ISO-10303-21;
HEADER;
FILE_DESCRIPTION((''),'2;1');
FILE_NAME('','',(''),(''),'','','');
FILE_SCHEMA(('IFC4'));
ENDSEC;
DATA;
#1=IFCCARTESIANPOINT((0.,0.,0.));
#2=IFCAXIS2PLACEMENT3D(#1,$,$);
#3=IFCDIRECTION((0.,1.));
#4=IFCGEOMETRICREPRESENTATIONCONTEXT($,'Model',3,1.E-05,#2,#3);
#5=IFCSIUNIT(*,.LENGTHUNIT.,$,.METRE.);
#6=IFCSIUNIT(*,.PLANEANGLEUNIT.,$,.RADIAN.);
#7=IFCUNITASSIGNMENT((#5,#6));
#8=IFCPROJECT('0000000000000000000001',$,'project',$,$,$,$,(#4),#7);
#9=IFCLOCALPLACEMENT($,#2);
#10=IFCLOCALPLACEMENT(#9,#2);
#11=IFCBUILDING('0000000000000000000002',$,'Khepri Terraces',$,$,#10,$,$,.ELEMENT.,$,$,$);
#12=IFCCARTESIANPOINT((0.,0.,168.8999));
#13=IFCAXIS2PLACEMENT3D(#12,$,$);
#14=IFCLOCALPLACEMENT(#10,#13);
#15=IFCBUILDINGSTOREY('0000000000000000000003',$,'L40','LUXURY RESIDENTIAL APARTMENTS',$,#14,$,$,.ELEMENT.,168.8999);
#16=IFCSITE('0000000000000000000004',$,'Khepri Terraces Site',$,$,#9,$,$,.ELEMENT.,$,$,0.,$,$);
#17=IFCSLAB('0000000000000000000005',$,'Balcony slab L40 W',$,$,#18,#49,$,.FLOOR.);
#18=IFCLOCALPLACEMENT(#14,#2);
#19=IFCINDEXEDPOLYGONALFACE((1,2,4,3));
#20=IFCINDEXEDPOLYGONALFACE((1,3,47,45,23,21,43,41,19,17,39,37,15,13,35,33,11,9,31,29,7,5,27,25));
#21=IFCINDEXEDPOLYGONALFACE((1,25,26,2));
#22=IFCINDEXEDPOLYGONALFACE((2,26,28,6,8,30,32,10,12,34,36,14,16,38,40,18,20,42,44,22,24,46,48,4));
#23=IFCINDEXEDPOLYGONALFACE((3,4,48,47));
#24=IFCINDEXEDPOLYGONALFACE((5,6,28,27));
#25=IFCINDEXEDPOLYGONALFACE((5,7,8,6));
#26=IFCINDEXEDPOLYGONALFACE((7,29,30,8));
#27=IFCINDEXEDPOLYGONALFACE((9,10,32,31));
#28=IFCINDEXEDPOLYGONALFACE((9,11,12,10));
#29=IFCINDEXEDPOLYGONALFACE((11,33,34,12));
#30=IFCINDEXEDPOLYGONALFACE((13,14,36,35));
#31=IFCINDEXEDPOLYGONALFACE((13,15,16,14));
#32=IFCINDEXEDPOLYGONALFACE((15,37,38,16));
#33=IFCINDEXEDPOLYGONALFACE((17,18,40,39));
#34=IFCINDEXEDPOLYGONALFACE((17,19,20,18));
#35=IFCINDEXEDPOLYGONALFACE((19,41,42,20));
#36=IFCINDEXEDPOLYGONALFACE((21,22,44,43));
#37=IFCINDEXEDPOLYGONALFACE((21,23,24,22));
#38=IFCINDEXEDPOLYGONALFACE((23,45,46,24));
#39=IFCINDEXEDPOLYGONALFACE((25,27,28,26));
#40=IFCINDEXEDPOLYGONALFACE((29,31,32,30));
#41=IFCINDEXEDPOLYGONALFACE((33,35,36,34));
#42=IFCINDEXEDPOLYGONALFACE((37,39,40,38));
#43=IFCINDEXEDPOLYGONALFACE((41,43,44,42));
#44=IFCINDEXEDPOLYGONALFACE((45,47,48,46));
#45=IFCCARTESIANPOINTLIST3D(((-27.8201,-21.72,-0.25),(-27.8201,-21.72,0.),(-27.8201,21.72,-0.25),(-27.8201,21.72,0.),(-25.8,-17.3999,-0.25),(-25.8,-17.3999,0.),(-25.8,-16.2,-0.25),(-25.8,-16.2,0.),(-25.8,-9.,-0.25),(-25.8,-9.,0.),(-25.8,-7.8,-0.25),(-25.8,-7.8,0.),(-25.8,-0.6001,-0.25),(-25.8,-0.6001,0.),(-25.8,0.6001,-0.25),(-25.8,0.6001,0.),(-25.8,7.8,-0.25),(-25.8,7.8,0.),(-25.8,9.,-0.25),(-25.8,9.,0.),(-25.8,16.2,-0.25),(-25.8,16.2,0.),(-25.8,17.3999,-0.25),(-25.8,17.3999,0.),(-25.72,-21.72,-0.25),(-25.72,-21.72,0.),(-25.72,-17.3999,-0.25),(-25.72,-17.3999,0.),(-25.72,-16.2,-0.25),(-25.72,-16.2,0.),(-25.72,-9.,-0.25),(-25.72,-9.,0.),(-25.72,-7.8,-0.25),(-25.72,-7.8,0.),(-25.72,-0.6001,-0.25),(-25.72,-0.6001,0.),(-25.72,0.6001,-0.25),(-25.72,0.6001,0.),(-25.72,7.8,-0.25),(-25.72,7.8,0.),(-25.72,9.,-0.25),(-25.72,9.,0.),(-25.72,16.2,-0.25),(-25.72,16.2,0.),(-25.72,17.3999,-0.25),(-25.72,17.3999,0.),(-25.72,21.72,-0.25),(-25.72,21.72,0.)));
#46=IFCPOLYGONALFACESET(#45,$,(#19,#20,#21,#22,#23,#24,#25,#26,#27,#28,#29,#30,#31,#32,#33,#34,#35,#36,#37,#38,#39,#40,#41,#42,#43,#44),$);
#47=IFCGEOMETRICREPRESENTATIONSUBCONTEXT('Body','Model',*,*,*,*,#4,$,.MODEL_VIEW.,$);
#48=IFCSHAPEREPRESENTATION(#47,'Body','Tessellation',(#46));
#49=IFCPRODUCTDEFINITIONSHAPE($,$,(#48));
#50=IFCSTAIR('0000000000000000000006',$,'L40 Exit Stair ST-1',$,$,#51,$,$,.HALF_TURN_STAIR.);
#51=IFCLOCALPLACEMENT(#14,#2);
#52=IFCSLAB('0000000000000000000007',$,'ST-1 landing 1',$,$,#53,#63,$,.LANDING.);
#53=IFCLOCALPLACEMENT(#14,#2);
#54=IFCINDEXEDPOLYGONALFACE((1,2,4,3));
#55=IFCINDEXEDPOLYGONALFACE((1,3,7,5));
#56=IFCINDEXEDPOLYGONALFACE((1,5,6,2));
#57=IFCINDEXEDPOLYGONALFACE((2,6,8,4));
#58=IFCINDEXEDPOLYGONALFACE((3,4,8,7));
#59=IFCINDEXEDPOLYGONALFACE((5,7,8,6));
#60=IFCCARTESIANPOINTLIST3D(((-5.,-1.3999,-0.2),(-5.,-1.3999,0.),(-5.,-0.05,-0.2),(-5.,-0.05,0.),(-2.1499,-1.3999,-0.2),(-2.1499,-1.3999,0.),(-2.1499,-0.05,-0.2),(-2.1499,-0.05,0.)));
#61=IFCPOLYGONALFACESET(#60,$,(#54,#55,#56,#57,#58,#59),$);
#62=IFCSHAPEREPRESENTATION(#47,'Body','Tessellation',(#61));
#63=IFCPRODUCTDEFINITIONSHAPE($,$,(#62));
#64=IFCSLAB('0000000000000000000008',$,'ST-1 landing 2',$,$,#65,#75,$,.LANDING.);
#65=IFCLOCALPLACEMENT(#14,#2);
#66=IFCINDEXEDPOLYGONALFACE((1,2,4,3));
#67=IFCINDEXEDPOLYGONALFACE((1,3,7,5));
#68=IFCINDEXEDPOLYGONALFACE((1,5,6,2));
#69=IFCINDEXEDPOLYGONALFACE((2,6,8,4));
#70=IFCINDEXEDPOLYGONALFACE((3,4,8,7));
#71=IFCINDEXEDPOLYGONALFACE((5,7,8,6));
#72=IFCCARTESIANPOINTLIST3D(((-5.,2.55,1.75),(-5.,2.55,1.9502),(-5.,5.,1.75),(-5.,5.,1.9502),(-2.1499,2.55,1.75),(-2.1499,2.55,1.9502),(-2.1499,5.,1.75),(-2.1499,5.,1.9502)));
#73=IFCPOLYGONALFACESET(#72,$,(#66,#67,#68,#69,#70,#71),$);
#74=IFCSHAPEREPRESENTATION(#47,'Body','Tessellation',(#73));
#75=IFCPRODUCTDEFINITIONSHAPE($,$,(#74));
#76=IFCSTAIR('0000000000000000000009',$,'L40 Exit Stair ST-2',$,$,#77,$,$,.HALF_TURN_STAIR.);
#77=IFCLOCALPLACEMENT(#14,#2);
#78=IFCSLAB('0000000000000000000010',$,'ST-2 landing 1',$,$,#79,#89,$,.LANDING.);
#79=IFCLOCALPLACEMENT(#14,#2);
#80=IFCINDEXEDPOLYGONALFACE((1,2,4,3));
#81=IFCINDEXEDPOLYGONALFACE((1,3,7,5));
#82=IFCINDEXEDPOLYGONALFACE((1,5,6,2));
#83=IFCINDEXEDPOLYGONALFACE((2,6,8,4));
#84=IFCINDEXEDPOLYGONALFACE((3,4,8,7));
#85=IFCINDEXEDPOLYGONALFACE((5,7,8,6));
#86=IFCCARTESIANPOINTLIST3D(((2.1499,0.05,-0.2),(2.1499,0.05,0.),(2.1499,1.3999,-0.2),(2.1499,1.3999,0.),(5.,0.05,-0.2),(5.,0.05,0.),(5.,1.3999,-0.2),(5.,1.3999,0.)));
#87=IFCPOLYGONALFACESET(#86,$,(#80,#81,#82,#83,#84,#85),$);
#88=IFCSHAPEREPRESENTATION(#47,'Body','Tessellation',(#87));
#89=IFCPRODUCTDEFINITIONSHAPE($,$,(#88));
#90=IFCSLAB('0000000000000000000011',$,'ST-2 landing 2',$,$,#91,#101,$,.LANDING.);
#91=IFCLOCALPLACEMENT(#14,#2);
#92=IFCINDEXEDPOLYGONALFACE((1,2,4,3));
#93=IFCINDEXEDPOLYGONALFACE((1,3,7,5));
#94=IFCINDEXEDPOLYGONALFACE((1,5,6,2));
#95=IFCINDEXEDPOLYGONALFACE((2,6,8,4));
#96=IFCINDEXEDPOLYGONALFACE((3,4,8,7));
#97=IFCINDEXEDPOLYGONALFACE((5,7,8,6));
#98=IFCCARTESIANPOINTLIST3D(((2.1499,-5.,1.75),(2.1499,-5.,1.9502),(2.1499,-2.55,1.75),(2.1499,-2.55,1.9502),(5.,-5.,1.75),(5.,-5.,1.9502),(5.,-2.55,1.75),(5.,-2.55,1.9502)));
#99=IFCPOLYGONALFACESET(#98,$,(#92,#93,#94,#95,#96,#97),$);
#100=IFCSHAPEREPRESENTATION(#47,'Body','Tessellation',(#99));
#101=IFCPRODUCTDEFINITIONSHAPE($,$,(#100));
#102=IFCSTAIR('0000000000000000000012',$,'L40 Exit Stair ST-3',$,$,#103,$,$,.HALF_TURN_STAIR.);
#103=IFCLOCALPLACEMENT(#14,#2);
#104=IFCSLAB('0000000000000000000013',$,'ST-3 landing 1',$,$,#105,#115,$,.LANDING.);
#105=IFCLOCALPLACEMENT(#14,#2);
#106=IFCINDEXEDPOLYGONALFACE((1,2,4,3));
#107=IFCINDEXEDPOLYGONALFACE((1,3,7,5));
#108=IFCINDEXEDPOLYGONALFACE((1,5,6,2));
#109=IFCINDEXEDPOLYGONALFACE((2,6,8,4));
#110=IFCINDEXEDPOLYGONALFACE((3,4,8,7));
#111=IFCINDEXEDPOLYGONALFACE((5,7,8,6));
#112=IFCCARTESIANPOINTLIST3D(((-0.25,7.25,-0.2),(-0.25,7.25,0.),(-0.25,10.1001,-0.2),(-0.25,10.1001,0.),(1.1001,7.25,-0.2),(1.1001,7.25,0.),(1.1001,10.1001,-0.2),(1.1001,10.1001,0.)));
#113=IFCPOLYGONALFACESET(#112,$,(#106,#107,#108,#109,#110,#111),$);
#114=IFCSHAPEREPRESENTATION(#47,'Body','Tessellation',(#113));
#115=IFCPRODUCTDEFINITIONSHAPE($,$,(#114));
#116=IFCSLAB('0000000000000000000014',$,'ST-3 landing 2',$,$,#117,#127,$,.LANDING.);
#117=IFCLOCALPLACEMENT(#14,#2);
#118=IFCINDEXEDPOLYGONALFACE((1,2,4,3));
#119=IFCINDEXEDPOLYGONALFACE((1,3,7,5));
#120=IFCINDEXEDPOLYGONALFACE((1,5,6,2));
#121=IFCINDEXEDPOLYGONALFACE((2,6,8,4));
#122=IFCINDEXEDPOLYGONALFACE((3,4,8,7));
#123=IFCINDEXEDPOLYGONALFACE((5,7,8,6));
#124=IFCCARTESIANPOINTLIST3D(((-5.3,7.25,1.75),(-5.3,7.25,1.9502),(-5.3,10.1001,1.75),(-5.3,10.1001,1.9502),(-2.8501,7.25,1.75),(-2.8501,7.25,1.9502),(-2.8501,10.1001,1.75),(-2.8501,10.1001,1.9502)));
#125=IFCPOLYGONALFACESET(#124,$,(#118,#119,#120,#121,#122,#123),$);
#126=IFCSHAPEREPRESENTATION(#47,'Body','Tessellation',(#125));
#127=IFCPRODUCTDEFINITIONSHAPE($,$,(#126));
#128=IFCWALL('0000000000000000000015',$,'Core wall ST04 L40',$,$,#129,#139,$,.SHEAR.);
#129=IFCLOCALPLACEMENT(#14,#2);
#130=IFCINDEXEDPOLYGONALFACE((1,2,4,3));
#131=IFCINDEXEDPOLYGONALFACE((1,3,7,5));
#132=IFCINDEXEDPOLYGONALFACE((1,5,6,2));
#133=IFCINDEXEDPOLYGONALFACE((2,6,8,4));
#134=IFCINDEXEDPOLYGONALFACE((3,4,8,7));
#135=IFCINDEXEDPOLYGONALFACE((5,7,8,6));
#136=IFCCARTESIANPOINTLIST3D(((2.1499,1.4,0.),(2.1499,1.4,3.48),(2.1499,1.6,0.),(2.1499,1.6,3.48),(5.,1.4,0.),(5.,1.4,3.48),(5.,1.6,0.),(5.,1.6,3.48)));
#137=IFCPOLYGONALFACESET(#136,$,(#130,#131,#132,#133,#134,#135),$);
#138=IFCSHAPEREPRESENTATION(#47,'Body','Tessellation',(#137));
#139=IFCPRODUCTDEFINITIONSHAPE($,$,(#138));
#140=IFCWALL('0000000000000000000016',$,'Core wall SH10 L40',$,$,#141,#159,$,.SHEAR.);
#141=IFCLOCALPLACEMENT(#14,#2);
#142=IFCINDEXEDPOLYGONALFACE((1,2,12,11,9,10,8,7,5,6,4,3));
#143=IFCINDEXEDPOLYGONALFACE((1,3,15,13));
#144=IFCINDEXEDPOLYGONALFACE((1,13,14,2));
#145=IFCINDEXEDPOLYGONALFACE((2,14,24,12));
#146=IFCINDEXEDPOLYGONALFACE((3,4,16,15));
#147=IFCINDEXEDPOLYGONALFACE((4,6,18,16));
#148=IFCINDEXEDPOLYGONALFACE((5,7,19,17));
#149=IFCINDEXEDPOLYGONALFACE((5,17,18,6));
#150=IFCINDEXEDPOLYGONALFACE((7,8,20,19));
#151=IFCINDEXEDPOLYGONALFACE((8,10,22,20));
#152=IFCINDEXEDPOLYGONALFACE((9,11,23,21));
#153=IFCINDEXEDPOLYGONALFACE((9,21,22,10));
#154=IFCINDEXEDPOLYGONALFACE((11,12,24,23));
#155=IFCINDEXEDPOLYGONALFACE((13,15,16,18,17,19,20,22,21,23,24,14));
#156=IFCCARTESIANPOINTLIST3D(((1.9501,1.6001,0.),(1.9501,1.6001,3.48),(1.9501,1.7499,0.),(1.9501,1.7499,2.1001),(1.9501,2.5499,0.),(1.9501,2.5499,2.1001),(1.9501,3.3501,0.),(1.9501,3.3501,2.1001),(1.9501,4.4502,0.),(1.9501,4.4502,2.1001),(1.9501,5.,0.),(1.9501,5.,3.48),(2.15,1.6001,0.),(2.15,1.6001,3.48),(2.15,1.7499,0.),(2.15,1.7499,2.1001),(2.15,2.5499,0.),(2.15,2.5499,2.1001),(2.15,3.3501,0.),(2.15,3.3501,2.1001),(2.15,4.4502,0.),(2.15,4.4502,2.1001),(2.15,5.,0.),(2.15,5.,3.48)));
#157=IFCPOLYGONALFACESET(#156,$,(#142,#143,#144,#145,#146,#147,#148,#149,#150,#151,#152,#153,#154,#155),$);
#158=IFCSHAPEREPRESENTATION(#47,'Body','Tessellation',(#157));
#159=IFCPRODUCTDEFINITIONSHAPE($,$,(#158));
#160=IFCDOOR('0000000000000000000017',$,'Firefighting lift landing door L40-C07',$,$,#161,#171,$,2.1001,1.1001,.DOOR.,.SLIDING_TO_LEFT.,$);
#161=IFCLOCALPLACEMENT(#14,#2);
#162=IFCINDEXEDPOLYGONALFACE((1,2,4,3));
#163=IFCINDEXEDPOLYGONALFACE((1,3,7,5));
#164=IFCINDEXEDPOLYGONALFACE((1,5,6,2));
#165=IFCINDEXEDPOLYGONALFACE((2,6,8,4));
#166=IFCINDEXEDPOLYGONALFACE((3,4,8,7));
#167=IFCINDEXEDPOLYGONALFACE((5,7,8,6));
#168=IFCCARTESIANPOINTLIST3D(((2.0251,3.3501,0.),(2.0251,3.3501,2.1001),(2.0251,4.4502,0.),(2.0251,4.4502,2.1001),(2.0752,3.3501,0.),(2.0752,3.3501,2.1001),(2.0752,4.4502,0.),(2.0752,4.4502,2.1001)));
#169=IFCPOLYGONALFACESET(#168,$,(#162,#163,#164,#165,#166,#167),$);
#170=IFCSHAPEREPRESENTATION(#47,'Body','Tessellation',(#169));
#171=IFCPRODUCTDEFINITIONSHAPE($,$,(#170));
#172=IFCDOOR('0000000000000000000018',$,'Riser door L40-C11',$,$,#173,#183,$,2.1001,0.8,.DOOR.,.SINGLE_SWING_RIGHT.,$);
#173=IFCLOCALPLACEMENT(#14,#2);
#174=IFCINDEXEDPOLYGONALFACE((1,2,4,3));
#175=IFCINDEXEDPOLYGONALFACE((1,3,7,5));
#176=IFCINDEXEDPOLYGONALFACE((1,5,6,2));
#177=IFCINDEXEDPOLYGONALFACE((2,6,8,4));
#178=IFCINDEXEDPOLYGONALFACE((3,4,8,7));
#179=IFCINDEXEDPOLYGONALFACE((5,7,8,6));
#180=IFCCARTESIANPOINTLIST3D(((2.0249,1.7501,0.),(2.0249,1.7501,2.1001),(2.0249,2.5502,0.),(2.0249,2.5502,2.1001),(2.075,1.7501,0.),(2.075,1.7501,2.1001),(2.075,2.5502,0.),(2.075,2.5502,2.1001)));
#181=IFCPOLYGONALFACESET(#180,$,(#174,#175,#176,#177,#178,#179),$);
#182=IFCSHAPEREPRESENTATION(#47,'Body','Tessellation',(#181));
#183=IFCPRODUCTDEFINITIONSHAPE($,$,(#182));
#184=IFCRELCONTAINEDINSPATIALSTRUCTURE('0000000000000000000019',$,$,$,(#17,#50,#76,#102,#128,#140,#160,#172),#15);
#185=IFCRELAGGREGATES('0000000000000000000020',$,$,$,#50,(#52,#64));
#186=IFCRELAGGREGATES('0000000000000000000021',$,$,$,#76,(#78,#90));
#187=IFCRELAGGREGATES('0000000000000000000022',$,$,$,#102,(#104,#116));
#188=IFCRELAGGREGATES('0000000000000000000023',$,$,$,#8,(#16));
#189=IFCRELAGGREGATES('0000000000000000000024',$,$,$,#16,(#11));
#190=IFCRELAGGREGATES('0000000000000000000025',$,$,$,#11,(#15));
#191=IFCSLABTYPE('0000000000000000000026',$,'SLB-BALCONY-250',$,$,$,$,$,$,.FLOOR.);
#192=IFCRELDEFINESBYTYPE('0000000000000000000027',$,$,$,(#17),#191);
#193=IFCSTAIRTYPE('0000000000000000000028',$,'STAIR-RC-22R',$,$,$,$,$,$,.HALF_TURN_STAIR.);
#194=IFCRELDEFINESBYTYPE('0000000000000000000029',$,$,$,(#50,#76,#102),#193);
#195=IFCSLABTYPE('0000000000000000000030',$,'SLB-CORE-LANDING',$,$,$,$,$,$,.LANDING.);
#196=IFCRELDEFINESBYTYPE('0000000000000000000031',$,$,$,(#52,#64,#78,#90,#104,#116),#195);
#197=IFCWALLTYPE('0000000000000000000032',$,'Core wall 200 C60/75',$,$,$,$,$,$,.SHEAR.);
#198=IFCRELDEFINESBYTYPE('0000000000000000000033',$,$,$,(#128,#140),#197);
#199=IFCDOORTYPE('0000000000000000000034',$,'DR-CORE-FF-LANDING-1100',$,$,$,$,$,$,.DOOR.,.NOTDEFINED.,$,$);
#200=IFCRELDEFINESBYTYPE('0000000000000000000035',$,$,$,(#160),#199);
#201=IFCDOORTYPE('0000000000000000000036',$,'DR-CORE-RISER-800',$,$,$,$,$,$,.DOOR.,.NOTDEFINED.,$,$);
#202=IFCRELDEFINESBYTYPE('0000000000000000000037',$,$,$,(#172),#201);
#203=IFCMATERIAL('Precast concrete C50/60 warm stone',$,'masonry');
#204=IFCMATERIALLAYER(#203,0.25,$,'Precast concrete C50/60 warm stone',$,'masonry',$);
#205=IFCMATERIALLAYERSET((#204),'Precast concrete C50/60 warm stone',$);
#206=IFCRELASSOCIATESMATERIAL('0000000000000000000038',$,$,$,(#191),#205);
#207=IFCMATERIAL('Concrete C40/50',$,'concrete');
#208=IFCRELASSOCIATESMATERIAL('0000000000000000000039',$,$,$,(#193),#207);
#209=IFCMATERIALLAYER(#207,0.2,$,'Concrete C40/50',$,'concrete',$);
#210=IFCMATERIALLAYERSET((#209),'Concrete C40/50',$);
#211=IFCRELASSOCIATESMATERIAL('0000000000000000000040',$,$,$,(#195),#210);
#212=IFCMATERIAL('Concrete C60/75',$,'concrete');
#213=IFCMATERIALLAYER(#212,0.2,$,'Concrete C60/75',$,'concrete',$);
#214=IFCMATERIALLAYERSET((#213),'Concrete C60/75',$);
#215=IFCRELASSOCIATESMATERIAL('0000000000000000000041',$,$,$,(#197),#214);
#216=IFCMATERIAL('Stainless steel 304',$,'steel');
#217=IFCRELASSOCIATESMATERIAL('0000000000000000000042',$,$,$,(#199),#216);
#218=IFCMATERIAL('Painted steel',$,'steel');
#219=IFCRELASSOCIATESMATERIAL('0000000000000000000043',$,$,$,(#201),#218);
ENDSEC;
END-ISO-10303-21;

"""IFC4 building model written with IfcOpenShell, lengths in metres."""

from ifc_helpers import new_model, si_unit, direction, frame, frame_2d, origin, place, context, subcontext, project, spatial, polyline, rectangle, outline, extrude, material, layer, layer_set, type_object, element, fill, aggregate, save


model = new_model("IFC4")

# Units and contexts
model_context = context("Model", 3, precision=1e-05, world=origin(), true_north=direction((0.0, 1.0)))
body_context = subcontext(model_context, "Body", "Model", "MODEL_VIEW")
ifc_project = project(units=[si_unit("LENGTHUNIT", "METRE"), si_unit("PLANEANGLEUNIT", "RADIAN")], contexts=[model_context])

# Site, building, storey
site_placement = place(None, origin())
site = spatial("IfcSite", under=ifc_project, at=site_placement, Name="Khepri Terraces Site", CompositionType="ELEMENT", RefElevation=0.0)
building_placement = place(site_placement, origin())
building = spatial("IfcBuilding", under=site, at=building_placement, Name="Khepri Terraces", CompositionType="ELEMENT")
storey_placement = place(building_placement, frame((0.0, 0.0, 168.8999)))
storey = spatial("IfcBuildingStorey", under=building, at=storey_placement, Name="L40", Description="LUXURY RESIDENTIAL APARTMENTS", CompositionType="ELEMENT", Elevation=168.8999)

# Slab
ifc_material_1 = material(Name="Precast concrete C50/60 warm stone", Category="masonry")
ifc_layer_1 = layer(ifc_material_1, 0.25, Name="Precast concrete C50/60 warm stone", Category="masonry")
ifc_layer_set_1 = layer_set([ifc_layer_1], Name="Precast concrete C50/60 warm stone")
slab_type_1 = type_object("IfcSlabType", Name="SLB-BALCONY-250", PredefinedType="FLOOR", material=ifc_layer_set_1)
slab_1_placement = place(storey_placement, frame((0.0, 0.0, -0.25)))
element("IfcSlab", 1, at=slab_1_placement, inside=storey, type_object=slab_type_1, Name="Balcony slab L40 W", PredefinedType="FLOOR", context=body_context, shape_type="SweptSolid", body=[
    extrude(outline(polyline([(-25.72, 17.3999), (-25.72, 21.72), (-27.8201, 21.72), (-27.8201, -21.72), (-25.72, -21.72), (-25.72, -17.3999), (-25.8, -17.3999), (-25.8, -16.2), (-25.72, -16.2), (-25.72, -9.0), (-25.8, -9.0), (-25.8, -7.8), (-25.72, -7.8), (-25.72, -0.6001), (-25.8, -0.6001), (-25.8, 0.6001), (-25.72, 0.6001), (-25.72, 7.8), (-25.8, 7.8), (-25.8, 9.0), (-25.72, 9.0), (-25.72, 16.2), (-25.8, 16.2), (-25.8, 17.3999), (-25.72, 17.3999)])), origin(), (0.0, 0.0, 1.0), 0.25),
])

# Stairs, slabs
ifc_material_2 = material(Name="Concrete C40/50", Category="concrete")
stair_type = type_object("IfcStairType", Name="STAIR-RC-22R", PredefinedType="HALF_TURN_STAIR", material=ifc_material_2)
stair_1_placement = place(storey_placement, origin())
stair_1 = element("IfcStair", 2, at=stair_1_placement, inside=storey, type_object=stair_type, Name="L40 Exit Stair ST-1", PredefinedType="HALF_TURN_STAIR")
ifc_layer_2 = layer(ifc_material_2, 0.2, Name="Concrete C40/50", Category="concrete")
ifc_layer_set_2 = layer_set([ifc_layer_2], Name="Concrete C40/50")
slab_type_2 = type_object("IfcSlabType", Name="SLB-CORE-LANDING", PredefinedType="LANDING", material=ifc_layer_set_2)
slab_2_placement = place(storey_placement, frame((0.0, 0.0, -0.2)))
slab_2 = element("IfcSlab", 3, at=slab_2_placement, type_object=slab_type_2, Name="ST-1 landing 1", PredefinedType="LANDING", context=body_context, shape_type="SweptSolid", body=[
    extrude(outline(polyline([(-2.1499, -1.3999), (-2.1499, -0.05), (-5.0, -0.05), (-5.0, -1.3999), (-2.1499, -1.3999)])), origin(), (0.0, 0.0, 1.0), 0.2),
])
slab_3_placement = place(storey_placement, frame((0.0, 0.0, 1.75)))
slab_3 = element("IfcSlab", 4, at=slab_3_placement, type_object=slab_type_2, Name="ST-1 landing 2", PredefinedType="LANDING", context=body_context, shape_type="SweptSolid", body=[
    extrude(outline(polyline([(-2.1499, 2.55), (-2.1499, 5.0), (-5.0, 5.0), (-5.0, 2.55), (-2.1499, 2.55)])), origin(), (0.0, 0.0, 1.0), 0.2002),
])
aggregate(stair_1, [slab_2, slab_3])
stair_2_placement = place(storey_placement, origin())
stair_2 = element("IfcStair", 5, at=stair_2_placement, inside=storey, type_object=stair_type, Name="L40 Exit Stair ST-2", PredefinedType="HALF_TURN_STAIR")
slab_4_placement = place(storey_placement, frame((0.0, 0.0, -0.2)))
slab_4 = element("IfcSlab", 6, at=slab_4_placement, type_object=slab_type_2, Name="ST-2 landing 1", PredefinedType="LANDING", context=body_context, shape_type="SweptSolid", body=[
    extrude(outline(polyline([(2.1499, 1.3999), (2.1499, 0.05), (5.0, 0.05), (5.0, 1.3999), (2.1499, 1.3999)])), origin(), (0.0, 0.0, 1.0), 0.2),
])
slab_5_placement = place(storey_placement, frame((0.0, 0.0, 1.75)))
slab_5 = element("IfcSlab", 7, at=slab_5_placement, type_object=slab_type_2, Name="ST-2 landing 2", PredefinedType="LANDING", context=body_context, shape_type="SweptSolid", body=[
    extrude(outline(polyline([(2.1499, -2.55), (2.1499, -5.0), (5.0, -5.0), (5.0, -2.55), (2.1499, -2.55)])), origin(), (0.0, 0.0, 1.0), 0.2002),
])
aggregate(stair_2, [slab_4, slab_5])
stair_3_placement = place(storey_placement, origin())
stair_3 = element("IfcStair", 8, at=stair_3_placement, inside=storey, type_object=stair_type, Name="L40 Exit Stair ST-3", PredefinedType="HALF_TURN_STAIR")
slab_6_placement = place(storey_placement, frame((0.0, 0.0, -0.2)))
slab_6 = element("IfcSlab", 9, at=slab_6_placement, type_object=slab_type_2, Name="ST-3 landing 1", PredefinedType="LANDING", context=body_context, shape_type="SweptSolid", body=[
    extrude(outline(polyline([(1.1001, 10.1001), (-0.25, 10.1001), (-0.25, 7.25), (1.1001, 7.25), (1.1001, 10.1001)])), origin(), (0.0, 0.0, 1.0), 0.2),
])
slab_7_placement = place(storey_placement, frame((0.0, 0.0, 1.75)))
slab_7 = element("IfcSlab", 10, at=slab_7_placement, type_object=slab_type_2, Name="ST-3 landing 2", PredefinedType="LANDING", context=body_context, shape_type="SweptSolid", body=[
    extrude(outline(polyline([(-2.8501, 10.1001), (-5.3, 10.1001), (-5.3, 7.25), (-2.8501, 7.25), (-2.8501, 10.1001)])), origin(), (0.0, 0.0, 1.0), 0.2002),
])
aggregate(stair_3, [slab_6, slab_7])

# Wall
ifc_material_3 = material(Name="Concrete C60/75", Category="concrete")
ifc_layer_3 = layer(ifc_material_3, 0.2, Name="Concrete C60/75", Category="concrete")
ifc_layer_set_3 = layer_set([ifc_layer_3], Name="Concrete C60/75")
wall_type = type_object("IfcWallType", Name="Core wall 200 C60/75", PredefinedType="SHEAR", material=ifc_layer_set_3)
wall_1_placement = place(storey_placement, frame((2.1499, 1.5, 0.0), z_axis=(0.0, 0.0, 1.0), x_axis=(1.0, 0.0, 0.0)))
element("IfcWall", 11, at=wall_1_placement, inside=storey, type_object=wall_type, Name="Core wall ST04 L40", PredefinedType="SHEAR", context=body_context, shape_type="SweptSolid", body=[
    extrude(rectangle(XDim=2.8501, YDim=0.2, at=frame_2d((1.425, 0.0))), origin(), (0.0, 0.0, 1.0), 3.48),
])

# Wall, openings, doors
wall_2_placement = place(storey_placement, frame((2.05, 1.6001, 0.0), z_axis=(0.0, 0.0, 1.0), x_axis=(0.0, 1.0, 0.0)))
wall_2 = element("IfcWall", 12, at=wall_2_placement, inside=storey, type_object=wall_type, Name="Core wall SH10 L40", PredefinedType="SHEAR", context=body_context, shape_type="SweptSolid", body=[
    extrude(rectangle(XDim=3.3999, YDim=0.2, at=frame_2d((1.7, 0.0))), origin(), (0.0, 0.0, 1.0), 3.48),
])
opening_1_placement = place(wall_2_placement, frame((1.75, 0.0, 0.0)))
opening_1 = element("IfcOpeningElement", 13, at=opening_1_placement, cuts=wall_2, PredefinedType="OPENING", context=body_context, shape_type="SweptSolid", body=[
    extrude(rectangle(XDim=1.1001, YDim=2.1001, at=frame_2d((0.55, 1.05))), frame((0.0, 0.1099, 0.0), z_axis=(0.0, -1.0, 0.0), x_axis=(1.0, 0.0, 0.0)), (0.0, 0.0, 1.0), 0.22),
])
opening_2_placement = place(wall_2_placement, frame((0.1499, 0.0, 0.0)))
opening_2 = element("IfcOpeningElement", 14, at=opening_2_placement, cuts=wall_2, PredefinedType="OPENING", context=body_context, shape_type="SweptSolid", body=[
    extrude(rectangle(XDim=0.8, YDim=2.1001, at=frame_2d((0.3999, 1.05))), frame((0.0, 0.1099, 0.0), z_axis=(0.0, -1.0, 0.0), x_axis=(1.0, 0.0, 0.0)), (0.0, 0.0, 1.0), 0.22),
])
ifc_material_4 = material(Name="Stainless steel 304", Category="steel")
door_type_1 = type_object("IfcDoorType", Name="DR-CORE-FF-LANDING-1100", OperationType="NOTDEFINED", PredefinedType="DOOR", material=ifc_material_4)
door_1_placement = place(opening_1_placement, origin())
door_1 = element("IfcDoor", 15, at=door_1_placement, inside=storey, type_object=door_type_1, Name="Firefighting lift landing door L40-C07", OperationType="SLIDING_TO_LEFT", OverallHeight=2.1001, OverallWidth=1.1001, PredefinedType="DOOR", context=body_context, shape_type="SweptSolid", body=[
    extrude(rectangle(XDim=1.1001, YDim=2.1001, at=frame_2d((0.55, 1.05))), frame((0.0, 0.0249, 0.0), z_axis=(0.0, -1.0, 0.0), x_axis=(1.0, 0.0, 0.0)), (0.0, 0.0, 1.0), 0.05),
])
fill(opening_1, door_1)
ifc_material_5 = material(Name="Painted steel", Category="steel")
door_type_2 = type_object("IfcDoorType", Name="DR-CORE-RISER-800", OperationType="NOTDEFINED", PredefinedType="DOOR", material=ifc_material_5)
door_2_placement = place(opening_2_placement, frame((0.8, 0.0, 0.0), z_axis=(0.0, 0.0, 1.0), x_axis=(-1.0, 0.0, 0.0)))
door_2 = element("IfcDoor", 16, at=door_2_placement, inside=storey, type_object=door_type_2, Name="Riser door L40-C11", OperationType="SINGLE_SWING_RIGHT", OverallHeight=2.1001, OverallWidth=0.8, PredefinedType="DOOR", context=body_context, shape_type="SweptSolid", body=[
    extrude(rectangle(XDim=0.8, YDim=2.1001, at=frame_2d((0.3999, 1.05))), frame((0.0, 0.0249, 0.0), z_axis=(0.0, -1.0, 0.0), x_axis=(1.0, 0.0, 0.0)), (0.0, 0.0, 1.0), 0.05),
])
fill(opening_2, door_2)

save(model, "model.ifc")
